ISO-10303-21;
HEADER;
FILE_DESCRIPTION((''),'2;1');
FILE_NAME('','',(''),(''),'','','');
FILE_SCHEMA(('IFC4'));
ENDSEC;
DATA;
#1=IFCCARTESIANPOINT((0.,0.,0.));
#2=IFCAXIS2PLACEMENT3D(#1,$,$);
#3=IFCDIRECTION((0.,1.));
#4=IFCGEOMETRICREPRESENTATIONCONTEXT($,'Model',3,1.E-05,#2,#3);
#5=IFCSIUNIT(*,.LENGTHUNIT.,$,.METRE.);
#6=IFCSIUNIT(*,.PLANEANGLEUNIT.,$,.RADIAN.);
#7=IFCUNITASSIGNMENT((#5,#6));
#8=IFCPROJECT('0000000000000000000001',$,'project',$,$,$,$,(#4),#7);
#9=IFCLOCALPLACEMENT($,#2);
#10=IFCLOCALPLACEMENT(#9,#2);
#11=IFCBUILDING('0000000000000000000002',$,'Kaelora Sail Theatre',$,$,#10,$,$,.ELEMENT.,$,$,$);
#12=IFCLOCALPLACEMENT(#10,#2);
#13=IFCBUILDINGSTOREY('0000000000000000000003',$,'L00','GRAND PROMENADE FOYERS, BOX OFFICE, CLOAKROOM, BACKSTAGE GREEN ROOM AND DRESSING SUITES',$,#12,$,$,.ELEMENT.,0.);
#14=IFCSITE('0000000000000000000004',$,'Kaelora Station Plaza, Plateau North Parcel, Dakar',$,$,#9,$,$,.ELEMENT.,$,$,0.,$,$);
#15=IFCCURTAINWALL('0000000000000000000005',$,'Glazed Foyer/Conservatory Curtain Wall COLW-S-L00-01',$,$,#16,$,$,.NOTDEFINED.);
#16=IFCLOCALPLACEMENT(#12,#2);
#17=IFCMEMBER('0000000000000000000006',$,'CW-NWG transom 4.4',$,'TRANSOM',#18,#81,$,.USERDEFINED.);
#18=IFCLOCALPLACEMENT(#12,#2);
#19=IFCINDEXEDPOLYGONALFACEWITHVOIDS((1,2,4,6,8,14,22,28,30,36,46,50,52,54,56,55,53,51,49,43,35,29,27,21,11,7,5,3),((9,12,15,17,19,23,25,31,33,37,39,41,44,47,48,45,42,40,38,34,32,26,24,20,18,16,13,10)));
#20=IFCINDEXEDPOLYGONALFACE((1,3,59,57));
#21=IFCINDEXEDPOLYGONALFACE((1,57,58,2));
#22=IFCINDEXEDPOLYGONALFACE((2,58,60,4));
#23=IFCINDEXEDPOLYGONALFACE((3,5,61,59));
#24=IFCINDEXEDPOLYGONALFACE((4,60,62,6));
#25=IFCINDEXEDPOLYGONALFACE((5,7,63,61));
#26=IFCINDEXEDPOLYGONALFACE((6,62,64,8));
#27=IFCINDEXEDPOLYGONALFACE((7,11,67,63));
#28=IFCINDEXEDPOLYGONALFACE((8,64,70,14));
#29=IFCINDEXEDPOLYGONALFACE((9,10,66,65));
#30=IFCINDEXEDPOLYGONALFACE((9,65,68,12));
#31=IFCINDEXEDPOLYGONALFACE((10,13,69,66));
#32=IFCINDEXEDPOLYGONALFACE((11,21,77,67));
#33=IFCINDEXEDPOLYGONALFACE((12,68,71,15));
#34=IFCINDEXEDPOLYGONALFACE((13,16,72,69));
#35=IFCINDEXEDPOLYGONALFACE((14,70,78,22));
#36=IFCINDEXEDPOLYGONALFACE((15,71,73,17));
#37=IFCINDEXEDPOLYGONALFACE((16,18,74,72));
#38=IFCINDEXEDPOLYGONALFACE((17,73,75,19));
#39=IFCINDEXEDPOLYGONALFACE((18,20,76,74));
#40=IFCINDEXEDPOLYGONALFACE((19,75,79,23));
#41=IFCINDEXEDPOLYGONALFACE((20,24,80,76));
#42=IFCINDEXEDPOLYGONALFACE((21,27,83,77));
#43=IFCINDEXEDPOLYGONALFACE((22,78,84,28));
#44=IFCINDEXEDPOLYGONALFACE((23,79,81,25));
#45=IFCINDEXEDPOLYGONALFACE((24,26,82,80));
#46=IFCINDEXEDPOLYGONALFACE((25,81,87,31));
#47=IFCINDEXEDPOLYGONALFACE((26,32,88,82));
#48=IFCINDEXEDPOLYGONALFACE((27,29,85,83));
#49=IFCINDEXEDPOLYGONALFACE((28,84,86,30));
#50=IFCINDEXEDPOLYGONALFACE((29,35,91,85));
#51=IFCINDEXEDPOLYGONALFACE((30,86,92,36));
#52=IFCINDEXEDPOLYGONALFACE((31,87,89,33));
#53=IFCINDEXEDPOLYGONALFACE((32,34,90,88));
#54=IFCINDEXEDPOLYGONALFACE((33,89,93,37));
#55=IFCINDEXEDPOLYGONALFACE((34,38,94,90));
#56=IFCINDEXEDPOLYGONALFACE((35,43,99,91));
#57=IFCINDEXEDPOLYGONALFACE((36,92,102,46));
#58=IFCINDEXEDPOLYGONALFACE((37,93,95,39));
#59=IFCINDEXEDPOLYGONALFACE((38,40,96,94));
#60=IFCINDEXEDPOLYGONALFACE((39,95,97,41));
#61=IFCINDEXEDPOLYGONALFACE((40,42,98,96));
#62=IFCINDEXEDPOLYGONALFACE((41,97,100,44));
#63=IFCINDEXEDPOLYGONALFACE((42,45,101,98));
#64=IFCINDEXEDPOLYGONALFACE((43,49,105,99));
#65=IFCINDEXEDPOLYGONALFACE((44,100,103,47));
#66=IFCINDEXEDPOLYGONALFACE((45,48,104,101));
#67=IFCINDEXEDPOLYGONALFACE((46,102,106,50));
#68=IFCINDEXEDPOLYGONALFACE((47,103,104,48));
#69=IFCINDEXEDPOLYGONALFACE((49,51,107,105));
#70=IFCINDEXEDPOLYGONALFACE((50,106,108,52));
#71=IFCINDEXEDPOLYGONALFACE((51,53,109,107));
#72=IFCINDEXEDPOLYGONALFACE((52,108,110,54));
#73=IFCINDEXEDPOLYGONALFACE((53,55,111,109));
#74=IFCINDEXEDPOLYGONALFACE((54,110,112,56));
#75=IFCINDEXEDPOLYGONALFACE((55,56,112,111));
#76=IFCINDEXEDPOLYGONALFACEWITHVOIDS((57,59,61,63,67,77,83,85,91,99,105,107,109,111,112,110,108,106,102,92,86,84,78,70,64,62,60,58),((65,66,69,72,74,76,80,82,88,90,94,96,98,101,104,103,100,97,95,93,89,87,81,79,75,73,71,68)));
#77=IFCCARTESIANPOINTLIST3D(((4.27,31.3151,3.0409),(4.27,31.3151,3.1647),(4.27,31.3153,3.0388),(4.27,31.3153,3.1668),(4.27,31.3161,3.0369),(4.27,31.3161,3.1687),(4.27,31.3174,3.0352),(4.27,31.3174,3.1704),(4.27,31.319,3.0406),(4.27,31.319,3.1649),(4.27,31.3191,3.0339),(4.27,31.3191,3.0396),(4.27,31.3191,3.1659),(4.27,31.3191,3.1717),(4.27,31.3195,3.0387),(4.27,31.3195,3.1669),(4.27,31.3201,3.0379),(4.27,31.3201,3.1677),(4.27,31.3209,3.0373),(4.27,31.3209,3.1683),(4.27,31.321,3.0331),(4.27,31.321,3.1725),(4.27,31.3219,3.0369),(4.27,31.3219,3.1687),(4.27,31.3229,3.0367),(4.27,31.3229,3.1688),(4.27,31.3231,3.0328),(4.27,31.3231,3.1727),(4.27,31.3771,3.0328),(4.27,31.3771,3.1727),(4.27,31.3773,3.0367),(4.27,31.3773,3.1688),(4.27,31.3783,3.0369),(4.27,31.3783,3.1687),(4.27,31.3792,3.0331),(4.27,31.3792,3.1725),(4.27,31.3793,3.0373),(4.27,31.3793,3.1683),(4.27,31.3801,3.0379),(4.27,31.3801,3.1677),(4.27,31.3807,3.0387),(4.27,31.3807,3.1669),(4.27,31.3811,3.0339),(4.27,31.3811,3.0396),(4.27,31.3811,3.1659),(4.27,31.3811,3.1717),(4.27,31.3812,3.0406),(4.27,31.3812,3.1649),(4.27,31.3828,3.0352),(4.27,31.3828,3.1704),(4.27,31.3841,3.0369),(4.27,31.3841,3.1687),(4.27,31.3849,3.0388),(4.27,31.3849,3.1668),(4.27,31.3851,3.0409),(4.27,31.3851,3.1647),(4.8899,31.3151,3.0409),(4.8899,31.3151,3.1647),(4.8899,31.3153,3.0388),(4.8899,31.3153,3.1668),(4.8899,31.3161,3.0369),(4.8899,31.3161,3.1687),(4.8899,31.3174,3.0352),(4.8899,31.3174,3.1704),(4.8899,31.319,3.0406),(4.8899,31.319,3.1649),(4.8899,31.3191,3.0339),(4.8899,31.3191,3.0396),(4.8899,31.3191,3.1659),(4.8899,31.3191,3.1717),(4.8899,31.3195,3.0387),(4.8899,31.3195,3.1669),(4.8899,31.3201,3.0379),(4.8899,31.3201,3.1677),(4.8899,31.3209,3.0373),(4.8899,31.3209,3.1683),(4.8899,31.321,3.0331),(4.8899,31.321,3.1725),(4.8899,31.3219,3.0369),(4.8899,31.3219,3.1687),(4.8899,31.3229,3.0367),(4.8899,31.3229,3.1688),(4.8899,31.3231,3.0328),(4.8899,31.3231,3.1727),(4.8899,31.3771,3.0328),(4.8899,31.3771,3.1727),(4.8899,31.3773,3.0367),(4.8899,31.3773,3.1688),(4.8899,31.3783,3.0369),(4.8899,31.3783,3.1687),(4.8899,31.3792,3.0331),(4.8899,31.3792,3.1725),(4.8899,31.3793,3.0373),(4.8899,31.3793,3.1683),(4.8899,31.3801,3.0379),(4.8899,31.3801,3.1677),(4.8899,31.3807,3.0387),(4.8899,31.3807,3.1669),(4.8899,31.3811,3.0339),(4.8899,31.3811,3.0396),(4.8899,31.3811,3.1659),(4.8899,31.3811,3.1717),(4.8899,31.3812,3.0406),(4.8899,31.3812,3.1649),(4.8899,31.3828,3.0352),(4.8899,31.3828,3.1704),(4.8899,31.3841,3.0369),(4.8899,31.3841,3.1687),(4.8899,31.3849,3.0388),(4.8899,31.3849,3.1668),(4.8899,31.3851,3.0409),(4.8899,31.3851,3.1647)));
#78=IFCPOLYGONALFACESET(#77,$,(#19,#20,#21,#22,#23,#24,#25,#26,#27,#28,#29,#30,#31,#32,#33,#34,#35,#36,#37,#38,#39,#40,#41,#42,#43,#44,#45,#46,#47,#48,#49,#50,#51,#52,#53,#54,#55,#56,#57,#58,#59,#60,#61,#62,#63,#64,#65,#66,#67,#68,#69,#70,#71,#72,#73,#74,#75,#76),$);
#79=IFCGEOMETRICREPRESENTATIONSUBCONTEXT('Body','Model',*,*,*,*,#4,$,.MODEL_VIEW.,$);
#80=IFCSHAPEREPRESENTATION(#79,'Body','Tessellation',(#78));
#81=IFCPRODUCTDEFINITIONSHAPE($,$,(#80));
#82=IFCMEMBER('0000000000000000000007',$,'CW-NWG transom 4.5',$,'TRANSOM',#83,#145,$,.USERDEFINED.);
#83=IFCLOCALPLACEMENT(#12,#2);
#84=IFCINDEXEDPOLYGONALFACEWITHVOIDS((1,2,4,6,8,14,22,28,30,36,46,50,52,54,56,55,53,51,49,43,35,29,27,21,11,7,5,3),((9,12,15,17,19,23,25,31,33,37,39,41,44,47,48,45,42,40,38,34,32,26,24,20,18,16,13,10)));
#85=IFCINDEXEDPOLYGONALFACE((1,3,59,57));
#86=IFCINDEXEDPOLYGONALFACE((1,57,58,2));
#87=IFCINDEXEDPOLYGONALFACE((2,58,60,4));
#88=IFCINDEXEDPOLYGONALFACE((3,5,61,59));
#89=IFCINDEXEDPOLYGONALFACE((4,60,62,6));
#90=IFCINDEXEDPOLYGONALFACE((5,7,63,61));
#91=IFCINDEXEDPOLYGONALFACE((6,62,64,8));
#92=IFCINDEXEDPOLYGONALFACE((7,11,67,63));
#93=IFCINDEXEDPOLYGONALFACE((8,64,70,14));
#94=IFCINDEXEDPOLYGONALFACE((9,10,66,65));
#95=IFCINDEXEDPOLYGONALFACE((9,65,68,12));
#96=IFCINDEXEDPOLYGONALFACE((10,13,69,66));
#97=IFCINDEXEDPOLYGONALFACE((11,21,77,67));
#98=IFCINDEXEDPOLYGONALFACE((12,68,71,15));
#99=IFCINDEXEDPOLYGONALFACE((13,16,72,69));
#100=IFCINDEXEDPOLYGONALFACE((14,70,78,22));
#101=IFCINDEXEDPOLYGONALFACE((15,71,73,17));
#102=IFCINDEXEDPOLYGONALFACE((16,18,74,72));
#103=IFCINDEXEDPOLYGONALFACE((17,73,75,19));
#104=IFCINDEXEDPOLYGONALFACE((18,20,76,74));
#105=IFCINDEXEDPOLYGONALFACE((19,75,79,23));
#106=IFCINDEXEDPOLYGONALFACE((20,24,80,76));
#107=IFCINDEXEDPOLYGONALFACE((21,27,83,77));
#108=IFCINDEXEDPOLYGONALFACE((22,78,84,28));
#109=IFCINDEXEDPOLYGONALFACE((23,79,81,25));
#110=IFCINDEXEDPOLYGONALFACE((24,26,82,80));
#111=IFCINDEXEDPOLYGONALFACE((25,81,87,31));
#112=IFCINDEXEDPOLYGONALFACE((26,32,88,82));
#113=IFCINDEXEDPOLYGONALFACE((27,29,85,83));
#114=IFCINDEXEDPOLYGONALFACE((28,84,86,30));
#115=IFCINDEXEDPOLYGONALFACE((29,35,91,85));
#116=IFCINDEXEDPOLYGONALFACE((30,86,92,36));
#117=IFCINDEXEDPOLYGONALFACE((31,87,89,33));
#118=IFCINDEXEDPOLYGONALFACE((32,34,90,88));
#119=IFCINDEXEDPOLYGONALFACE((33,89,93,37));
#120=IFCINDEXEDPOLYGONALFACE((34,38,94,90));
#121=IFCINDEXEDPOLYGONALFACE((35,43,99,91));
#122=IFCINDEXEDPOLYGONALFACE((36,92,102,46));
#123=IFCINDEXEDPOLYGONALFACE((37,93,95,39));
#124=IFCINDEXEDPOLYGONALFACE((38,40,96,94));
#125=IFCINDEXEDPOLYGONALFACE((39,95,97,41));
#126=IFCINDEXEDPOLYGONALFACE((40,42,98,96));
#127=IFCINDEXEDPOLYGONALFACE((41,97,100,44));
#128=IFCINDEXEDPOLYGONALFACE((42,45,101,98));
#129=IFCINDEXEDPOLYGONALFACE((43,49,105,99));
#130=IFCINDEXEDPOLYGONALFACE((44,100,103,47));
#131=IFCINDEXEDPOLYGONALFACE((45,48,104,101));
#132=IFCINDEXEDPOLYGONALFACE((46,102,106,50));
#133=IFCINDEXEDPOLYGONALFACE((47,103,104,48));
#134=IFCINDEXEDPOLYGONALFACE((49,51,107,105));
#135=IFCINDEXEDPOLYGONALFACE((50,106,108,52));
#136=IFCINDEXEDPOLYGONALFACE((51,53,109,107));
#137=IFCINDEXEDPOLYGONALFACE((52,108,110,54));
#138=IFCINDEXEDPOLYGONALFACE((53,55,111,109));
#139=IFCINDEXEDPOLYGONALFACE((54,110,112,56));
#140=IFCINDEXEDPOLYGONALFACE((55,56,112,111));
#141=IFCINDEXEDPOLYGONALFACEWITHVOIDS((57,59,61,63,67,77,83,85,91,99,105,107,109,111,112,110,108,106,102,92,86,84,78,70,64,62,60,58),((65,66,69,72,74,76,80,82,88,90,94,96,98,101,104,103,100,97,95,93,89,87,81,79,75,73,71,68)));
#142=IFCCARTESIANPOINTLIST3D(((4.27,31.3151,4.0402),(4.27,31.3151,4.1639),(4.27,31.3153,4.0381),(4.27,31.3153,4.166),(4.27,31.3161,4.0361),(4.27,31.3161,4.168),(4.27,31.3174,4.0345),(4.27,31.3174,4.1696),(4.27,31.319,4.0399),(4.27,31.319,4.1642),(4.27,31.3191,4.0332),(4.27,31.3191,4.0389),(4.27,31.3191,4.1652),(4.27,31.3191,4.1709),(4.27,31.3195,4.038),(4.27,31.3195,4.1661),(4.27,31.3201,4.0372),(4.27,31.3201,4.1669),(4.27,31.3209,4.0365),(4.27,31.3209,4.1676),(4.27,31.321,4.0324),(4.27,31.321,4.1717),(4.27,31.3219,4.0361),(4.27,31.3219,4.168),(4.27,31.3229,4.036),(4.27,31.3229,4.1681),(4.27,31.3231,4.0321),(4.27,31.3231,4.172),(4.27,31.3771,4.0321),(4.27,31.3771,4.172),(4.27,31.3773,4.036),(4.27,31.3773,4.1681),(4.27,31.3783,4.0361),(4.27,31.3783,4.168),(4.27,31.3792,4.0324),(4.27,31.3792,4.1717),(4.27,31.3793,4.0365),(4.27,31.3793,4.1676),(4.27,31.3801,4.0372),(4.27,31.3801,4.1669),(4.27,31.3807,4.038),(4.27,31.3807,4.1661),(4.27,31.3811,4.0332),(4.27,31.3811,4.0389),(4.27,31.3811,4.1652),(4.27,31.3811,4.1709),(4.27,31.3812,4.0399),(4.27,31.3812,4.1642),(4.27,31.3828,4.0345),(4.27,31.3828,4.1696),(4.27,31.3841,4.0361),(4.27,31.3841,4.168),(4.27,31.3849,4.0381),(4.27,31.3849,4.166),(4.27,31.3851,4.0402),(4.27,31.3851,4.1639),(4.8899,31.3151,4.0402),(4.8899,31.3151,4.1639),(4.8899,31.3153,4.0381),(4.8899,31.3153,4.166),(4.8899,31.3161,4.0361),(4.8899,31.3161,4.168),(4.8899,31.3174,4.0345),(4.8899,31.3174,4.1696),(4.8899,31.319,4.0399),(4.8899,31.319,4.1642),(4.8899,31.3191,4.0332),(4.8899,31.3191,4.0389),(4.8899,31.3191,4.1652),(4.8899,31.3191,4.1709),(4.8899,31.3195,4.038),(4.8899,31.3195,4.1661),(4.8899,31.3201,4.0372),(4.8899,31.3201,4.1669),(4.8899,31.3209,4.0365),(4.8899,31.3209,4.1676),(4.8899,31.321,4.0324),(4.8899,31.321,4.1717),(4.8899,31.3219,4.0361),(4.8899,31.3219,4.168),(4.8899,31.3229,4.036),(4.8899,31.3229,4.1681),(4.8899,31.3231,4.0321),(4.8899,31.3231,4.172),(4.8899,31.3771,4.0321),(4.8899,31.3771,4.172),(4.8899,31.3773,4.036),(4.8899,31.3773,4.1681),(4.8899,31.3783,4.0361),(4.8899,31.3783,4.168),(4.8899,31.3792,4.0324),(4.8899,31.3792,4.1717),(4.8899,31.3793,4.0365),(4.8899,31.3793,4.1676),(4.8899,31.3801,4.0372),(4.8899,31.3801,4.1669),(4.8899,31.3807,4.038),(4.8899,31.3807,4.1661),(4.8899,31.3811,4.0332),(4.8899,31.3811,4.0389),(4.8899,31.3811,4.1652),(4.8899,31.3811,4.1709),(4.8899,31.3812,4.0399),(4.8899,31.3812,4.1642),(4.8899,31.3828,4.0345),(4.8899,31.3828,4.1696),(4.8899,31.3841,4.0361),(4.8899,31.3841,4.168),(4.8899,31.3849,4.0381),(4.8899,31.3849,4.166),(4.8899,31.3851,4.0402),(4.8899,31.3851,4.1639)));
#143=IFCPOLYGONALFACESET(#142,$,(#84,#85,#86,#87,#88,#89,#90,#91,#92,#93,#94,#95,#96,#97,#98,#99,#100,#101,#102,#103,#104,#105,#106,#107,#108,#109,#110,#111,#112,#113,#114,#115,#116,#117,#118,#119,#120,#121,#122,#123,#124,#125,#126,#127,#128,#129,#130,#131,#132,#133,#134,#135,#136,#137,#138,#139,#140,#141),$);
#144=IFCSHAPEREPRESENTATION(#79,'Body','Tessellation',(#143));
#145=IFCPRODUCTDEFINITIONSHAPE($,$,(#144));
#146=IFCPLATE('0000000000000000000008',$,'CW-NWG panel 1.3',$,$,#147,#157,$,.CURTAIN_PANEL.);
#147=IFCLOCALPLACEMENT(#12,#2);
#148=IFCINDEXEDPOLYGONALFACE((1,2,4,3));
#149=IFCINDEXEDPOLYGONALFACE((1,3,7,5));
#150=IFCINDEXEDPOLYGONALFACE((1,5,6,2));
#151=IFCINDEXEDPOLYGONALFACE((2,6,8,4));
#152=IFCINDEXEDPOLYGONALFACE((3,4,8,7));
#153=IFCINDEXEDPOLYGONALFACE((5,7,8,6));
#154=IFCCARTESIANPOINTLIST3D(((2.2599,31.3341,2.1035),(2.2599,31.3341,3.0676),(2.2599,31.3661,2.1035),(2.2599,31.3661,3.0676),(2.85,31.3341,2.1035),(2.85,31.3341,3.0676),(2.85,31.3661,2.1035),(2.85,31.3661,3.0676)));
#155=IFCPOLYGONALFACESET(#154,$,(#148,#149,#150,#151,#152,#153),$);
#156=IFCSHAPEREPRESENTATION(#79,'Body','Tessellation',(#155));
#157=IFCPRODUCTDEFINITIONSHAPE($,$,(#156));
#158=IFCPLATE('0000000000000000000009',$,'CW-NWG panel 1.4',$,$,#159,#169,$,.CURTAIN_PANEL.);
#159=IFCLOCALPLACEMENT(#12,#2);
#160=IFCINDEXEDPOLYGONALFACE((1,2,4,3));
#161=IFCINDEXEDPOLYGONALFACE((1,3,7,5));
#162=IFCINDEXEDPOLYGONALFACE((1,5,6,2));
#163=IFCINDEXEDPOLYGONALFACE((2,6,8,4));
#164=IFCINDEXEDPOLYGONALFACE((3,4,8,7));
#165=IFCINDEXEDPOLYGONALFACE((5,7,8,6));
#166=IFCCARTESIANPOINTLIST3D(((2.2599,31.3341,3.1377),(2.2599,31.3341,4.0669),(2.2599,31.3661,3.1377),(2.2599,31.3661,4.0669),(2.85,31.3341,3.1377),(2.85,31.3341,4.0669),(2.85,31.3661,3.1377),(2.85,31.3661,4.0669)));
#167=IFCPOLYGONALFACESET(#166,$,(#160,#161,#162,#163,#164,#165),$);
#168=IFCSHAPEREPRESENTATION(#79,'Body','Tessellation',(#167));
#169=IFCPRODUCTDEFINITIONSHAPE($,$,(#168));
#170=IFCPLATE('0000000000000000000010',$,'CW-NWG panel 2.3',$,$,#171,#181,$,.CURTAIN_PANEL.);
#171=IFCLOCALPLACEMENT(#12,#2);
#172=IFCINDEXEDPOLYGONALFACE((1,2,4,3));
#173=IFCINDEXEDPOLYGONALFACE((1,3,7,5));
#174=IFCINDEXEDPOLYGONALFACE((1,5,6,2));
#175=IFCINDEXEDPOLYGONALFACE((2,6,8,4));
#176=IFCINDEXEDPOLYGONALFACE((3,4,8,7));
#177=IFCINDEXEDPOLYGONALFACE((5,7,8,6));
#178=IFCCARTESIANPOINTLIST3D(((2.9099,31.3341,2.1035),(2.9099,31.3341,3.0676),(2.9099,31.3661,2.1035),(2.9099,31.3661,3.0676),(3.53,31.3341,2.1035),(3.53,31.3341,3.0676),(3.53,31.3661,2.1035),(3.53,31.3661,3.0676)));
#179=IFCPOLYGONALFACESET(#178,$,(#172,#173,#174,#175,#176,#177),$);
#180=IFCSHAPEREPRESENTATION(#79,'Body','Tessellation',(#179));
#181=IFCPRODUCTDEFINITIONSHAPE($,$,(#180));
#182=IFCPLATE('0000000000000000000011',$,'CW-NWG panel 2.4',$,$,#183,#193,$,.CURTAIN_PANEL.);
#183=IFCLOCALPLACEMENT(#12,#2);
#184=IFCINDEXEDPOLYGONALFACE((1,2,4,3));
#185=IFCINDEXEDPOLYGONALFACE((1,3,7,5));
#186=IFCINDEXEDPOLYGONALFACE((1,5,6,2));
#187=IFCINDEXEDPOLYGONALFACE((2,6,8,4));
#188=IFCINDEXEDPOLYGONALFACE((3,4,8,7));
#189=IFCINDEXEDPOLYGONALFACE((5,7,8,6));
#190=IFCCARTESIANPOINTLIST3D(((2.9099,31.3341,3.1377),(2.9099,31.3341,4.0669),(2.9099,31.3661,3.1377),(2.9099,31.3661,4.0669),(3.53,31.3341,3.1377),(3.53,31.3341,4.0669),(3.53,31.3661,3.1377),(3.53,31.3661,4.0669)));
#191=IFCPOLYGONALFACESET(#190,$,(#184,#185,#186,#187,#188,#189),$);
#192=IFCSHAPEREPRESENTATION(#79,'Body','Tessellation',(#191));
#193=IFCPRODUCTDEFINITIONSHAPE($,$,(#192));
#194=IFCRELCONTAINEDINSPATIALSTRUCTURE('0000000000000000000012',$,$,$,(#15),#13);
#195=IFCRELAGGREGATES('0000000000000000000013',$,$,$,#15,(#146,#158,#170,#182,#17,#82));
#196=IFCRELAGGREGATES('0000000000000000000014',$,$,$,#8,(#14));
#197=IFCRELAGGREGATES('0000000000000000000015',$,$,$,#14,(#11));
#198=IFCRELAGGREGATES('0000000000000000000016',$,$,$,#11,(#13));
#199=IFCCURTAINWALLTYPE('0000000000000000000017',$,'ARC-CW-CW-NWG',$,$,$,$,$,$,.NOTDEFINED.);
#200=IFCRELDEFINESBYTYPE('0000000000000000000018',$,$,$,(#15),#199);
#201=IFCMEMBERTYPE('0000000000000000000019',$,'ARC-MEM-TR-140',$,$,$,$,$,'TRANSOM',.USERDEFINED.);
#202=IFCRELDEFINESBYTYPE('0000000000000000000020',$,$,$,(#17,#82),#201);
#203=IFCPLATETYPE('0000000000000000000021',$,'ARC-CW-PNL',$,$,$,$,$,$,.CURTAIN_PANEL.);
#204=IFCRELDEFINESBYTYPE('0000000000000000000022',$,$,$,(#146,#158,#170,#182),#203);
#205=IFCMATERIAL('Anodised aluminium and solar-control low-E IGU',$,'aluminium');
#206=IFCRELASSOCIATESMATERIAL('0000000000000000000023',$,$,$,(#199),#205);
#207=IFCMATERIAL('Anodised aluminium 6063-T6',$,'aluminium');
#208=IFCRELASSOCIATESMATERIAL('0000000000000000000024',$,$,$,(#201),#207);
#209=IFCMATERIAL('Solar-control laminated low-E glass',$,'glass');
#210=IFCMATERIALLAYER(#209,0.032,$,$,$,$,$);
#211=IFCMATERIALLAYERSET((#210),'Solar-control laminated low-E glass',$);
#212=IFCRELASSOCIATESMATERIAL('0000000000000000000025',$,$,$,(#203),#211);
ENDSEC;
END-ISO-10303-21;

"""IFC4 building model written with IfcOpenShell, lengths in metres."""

from ifc_helpers import new_model, si_unit, direction, frame, origin, origin_2d, place, context, subcontext, project, spatial, rectangle, hollow_rectangle, extrude, material, layer, layer_set, material_profile, profile_set, type_object, element, aggregate, save


model = new_model("IFC4")

# Units and contexts
model_context = context("Model", 3, precision=1e-05, world=origin(), true_north=direction((0.0, 1.0)))
body_context = subcontext(model_context, "Body", "Model", "MODEL_VIEW")
ifc_project = project(units=[si_unit("LENGTHUNIT", "METRE"), si_unit("PLANEANGLEUNIT", "RADIAN")], contexts=[model_context])

# Site, building, storey
site_placement = place(None, origin())
site = spatial("IfcSite", under=ifc_project, at=site_placement, Name="Kaelora Station Plaza, Plateau North Parcel, Dakar", CompositionType="ELEMENT", RefElevation=0.0)
building_placement = place(site_placement, origin())
building = spatial("IfcBuilding", under=site, at=building_placement, Name="Kaelora Sail Theatre", CompositionType="ELEMENT")
storey_placement = place(building_placement, origin())
storey = spatial("IfcBuildingStorey", under=building, at=storey_placement, Name="L00", Description="GRAND PROMENADE FOYERS, BOX OFFICE, CLOAKROOM, BACKSTAGE GREEN ROOM AND DRESSING SUITES", CompositionType="ELEMENT", Elevation=0.0)

# Curtain wall, members, plates
ifc_material_1 = material(Name="Anodised aluminium and solar-control low-E IGU", Category="aluminium")
curtain_wall_type = type_object("IfcCurtainWallType", Name="ARC-CW-CW-NWG", PredefinedType="NOTDEFINED", material=ifc_material_1)
curtain_wall_placement = place(storey_placement, origin())
curtain_wall = element("IfcCurtainWall", 1, at=curtain_wall_placement, inside=storey, type_object=curtain_wall_type, Name="Glazed Foyer/Conservatory Curtain Wall COLW-S-L00-01", PredefinedType="NOTDEFINED")
ifc_material_2 = material(Name="Anodised aluminium 6063-T6", Category="aluminium")
ifc_material_profile = material_profile(ifc_material_2, hollow_rectangle(XDim=0.0701, YDim=0.1399, WallThickness=0.0039, InnerFilletRadius=0.0039, OuterFilletRadius=0.0081, at=origin_2d()), Name="ALU-TRAN 70x140x4")
ifc_profile_set = profile_set([ifc_material_profile], Name="Anodised aluminium 6063-T6")
member_type = type_object("IfcMemberType", Name="ARC-MEM-TR-140", ElementType="TRANSOM", PredefinedType="USERDEFINED", material=ifc_profile_set)
member_1_placement = place(storey_placement, frame((4.27, 31.3501, 3.1028), z_axis=(1.0, 0.0, 0.0), x_axis=(0.0, 1.0, 0.0)))
member_1 = element("IfcMember", 2, at=member_1_placement, type_object=member_type, Name="CW-NWG transom 4.4", ObjectType="TRANSOM", PredefinedType="USERDEFINED", context=body_context, shape_type="SweptSolid", body=[
    extrude(hollow_rectangle(XDim=0.0701, YDim=0.1399, WallThickness=0.0039, InnerFilletRadius=0.0039, OuterFilletRadius=0.0081, at=origin_2d()), origin(), (0.0, 0.0, 1.0), 0.6199),
])
member_2_placement = place(storey_placement, frame((4.27, 31.3501, 4.1021), z_axis=(1.0, 0.0, 0.0), x_axis=(0.0, 1.0, 0.0)))
member_2 = element("IfcMember", 3, at=member_2_placement, type_object=member_type, Name="CW-NWG transom 4.5", ObjectType="TRANSOM", PredefinedType="USERDEFINED", context=body_context, shape_type="SweptSolid", body=[
    extrude(hollow_rectangle(XDim=0.0701, YDim=0.1399, WallThickness=0.0039, InnerFilletRadius=0.0039, OuterFilletRadius=0.0081, at=origin_2d()), origin(), (0.0, 0.0, 1.0), 0.6199),
])
ifc_material_3 = material(Name="Solar-control laminated low-E glass", Category="glass")
ifc_layer = layer(ifc_material_3, 0.032)
ifc_layer_set = layer_set([ifc_layer], Name="Solar-control laminated low-E glass")
plate_type = type_object("IfcPlateType", Name="ARC-CW-PNL", PredefinedType="CURTAIN_PANEL", material=ifc_layer_set)
plate_1_placement = place(storey_placement, frame((2.5549, 31.3501, 2.1035), z_axis=(0.0, 0.0, 1.0), x_axis=(1.0, 0.0, 0.0)))
plate_1 = element("IfcPlate", 4, at=plate_1_placement, type_object=plate_type, Name="CW-NWG panel 1.3", PredefinedType="CURTAIN_PANEL", context=body_context, shape_type="SweptSolid", body=[
    extrude(rectangle(XDim=0.5901, YDim=0.032, at=origin_2d()), origin(), (0.0, 0.0, 1.0), 0.9641),
])
plate_2_placement = place(storey_placement, frame((2.5549, 31.3501, 3.1377), z_axis=(0.0, 0.0, 1.0), x_axis=(1.0, 0.0, 0.0)))
plate_2 = element("IfcPlate", 5, at=plate_2_placement, type_object=plate_type, Name="CW-NWG panel 1.4", PredefinedType="CURTAIN_PANEL", context=body_context, shape_type="SweptSolid", body=[
    extrude(rectangle(XDim=0.5901, YDim=0.032, at=origin_2d()), origin(), (0.0, 0.0, 1.0), 0.9292),
])
plate_3_placement = place(storey_placement, frame((3.22, 31.3501, 2.1035), z_axis=(0.0, 0.0, 1.0), x_axis=(1.0, 0.0, 0.0)))
plate_3 = element("IfcPlate", 6, at=plate_3_placement, type_object=plate_type, Name="CW-NWG panel 2.3", PredefinedType="CURTAIN_PANEL", context=body_context, shape_type="SweptSolid", body=[
    extrude(rectangle(XDim=0.6201, YDim=0.032, at=origin_2d()), origin(), (0.0, 0.0, 1.0), 0.9641),
])
plate_4_placement = place(storey_placement, frame((3.22, 31.3501, 3.1377), z_axis=(0.0, 0.0, 1.0), x_axis=(1.0, 0.0, 0.0)))
plate_4 = element("IfcPlate", 7, at=plate_4_placement, type_object=plate_type, Name="CW-NWG panel 2.4", PredefinedType="CURTAIN_PANEL", context=body_context, shape_type="SweptSolid", body=[
    extrude(rectangle(XDim=0.6201, YDim=0.032, at=origin_2d()), origin(), (0.0, 0.0, 1.0), 0.9292),
])
aggregate(curtain_wall, [plate_1, plate_2, plate_3, plate_4, member_1, member_2])

save(model, "model.ifc")
